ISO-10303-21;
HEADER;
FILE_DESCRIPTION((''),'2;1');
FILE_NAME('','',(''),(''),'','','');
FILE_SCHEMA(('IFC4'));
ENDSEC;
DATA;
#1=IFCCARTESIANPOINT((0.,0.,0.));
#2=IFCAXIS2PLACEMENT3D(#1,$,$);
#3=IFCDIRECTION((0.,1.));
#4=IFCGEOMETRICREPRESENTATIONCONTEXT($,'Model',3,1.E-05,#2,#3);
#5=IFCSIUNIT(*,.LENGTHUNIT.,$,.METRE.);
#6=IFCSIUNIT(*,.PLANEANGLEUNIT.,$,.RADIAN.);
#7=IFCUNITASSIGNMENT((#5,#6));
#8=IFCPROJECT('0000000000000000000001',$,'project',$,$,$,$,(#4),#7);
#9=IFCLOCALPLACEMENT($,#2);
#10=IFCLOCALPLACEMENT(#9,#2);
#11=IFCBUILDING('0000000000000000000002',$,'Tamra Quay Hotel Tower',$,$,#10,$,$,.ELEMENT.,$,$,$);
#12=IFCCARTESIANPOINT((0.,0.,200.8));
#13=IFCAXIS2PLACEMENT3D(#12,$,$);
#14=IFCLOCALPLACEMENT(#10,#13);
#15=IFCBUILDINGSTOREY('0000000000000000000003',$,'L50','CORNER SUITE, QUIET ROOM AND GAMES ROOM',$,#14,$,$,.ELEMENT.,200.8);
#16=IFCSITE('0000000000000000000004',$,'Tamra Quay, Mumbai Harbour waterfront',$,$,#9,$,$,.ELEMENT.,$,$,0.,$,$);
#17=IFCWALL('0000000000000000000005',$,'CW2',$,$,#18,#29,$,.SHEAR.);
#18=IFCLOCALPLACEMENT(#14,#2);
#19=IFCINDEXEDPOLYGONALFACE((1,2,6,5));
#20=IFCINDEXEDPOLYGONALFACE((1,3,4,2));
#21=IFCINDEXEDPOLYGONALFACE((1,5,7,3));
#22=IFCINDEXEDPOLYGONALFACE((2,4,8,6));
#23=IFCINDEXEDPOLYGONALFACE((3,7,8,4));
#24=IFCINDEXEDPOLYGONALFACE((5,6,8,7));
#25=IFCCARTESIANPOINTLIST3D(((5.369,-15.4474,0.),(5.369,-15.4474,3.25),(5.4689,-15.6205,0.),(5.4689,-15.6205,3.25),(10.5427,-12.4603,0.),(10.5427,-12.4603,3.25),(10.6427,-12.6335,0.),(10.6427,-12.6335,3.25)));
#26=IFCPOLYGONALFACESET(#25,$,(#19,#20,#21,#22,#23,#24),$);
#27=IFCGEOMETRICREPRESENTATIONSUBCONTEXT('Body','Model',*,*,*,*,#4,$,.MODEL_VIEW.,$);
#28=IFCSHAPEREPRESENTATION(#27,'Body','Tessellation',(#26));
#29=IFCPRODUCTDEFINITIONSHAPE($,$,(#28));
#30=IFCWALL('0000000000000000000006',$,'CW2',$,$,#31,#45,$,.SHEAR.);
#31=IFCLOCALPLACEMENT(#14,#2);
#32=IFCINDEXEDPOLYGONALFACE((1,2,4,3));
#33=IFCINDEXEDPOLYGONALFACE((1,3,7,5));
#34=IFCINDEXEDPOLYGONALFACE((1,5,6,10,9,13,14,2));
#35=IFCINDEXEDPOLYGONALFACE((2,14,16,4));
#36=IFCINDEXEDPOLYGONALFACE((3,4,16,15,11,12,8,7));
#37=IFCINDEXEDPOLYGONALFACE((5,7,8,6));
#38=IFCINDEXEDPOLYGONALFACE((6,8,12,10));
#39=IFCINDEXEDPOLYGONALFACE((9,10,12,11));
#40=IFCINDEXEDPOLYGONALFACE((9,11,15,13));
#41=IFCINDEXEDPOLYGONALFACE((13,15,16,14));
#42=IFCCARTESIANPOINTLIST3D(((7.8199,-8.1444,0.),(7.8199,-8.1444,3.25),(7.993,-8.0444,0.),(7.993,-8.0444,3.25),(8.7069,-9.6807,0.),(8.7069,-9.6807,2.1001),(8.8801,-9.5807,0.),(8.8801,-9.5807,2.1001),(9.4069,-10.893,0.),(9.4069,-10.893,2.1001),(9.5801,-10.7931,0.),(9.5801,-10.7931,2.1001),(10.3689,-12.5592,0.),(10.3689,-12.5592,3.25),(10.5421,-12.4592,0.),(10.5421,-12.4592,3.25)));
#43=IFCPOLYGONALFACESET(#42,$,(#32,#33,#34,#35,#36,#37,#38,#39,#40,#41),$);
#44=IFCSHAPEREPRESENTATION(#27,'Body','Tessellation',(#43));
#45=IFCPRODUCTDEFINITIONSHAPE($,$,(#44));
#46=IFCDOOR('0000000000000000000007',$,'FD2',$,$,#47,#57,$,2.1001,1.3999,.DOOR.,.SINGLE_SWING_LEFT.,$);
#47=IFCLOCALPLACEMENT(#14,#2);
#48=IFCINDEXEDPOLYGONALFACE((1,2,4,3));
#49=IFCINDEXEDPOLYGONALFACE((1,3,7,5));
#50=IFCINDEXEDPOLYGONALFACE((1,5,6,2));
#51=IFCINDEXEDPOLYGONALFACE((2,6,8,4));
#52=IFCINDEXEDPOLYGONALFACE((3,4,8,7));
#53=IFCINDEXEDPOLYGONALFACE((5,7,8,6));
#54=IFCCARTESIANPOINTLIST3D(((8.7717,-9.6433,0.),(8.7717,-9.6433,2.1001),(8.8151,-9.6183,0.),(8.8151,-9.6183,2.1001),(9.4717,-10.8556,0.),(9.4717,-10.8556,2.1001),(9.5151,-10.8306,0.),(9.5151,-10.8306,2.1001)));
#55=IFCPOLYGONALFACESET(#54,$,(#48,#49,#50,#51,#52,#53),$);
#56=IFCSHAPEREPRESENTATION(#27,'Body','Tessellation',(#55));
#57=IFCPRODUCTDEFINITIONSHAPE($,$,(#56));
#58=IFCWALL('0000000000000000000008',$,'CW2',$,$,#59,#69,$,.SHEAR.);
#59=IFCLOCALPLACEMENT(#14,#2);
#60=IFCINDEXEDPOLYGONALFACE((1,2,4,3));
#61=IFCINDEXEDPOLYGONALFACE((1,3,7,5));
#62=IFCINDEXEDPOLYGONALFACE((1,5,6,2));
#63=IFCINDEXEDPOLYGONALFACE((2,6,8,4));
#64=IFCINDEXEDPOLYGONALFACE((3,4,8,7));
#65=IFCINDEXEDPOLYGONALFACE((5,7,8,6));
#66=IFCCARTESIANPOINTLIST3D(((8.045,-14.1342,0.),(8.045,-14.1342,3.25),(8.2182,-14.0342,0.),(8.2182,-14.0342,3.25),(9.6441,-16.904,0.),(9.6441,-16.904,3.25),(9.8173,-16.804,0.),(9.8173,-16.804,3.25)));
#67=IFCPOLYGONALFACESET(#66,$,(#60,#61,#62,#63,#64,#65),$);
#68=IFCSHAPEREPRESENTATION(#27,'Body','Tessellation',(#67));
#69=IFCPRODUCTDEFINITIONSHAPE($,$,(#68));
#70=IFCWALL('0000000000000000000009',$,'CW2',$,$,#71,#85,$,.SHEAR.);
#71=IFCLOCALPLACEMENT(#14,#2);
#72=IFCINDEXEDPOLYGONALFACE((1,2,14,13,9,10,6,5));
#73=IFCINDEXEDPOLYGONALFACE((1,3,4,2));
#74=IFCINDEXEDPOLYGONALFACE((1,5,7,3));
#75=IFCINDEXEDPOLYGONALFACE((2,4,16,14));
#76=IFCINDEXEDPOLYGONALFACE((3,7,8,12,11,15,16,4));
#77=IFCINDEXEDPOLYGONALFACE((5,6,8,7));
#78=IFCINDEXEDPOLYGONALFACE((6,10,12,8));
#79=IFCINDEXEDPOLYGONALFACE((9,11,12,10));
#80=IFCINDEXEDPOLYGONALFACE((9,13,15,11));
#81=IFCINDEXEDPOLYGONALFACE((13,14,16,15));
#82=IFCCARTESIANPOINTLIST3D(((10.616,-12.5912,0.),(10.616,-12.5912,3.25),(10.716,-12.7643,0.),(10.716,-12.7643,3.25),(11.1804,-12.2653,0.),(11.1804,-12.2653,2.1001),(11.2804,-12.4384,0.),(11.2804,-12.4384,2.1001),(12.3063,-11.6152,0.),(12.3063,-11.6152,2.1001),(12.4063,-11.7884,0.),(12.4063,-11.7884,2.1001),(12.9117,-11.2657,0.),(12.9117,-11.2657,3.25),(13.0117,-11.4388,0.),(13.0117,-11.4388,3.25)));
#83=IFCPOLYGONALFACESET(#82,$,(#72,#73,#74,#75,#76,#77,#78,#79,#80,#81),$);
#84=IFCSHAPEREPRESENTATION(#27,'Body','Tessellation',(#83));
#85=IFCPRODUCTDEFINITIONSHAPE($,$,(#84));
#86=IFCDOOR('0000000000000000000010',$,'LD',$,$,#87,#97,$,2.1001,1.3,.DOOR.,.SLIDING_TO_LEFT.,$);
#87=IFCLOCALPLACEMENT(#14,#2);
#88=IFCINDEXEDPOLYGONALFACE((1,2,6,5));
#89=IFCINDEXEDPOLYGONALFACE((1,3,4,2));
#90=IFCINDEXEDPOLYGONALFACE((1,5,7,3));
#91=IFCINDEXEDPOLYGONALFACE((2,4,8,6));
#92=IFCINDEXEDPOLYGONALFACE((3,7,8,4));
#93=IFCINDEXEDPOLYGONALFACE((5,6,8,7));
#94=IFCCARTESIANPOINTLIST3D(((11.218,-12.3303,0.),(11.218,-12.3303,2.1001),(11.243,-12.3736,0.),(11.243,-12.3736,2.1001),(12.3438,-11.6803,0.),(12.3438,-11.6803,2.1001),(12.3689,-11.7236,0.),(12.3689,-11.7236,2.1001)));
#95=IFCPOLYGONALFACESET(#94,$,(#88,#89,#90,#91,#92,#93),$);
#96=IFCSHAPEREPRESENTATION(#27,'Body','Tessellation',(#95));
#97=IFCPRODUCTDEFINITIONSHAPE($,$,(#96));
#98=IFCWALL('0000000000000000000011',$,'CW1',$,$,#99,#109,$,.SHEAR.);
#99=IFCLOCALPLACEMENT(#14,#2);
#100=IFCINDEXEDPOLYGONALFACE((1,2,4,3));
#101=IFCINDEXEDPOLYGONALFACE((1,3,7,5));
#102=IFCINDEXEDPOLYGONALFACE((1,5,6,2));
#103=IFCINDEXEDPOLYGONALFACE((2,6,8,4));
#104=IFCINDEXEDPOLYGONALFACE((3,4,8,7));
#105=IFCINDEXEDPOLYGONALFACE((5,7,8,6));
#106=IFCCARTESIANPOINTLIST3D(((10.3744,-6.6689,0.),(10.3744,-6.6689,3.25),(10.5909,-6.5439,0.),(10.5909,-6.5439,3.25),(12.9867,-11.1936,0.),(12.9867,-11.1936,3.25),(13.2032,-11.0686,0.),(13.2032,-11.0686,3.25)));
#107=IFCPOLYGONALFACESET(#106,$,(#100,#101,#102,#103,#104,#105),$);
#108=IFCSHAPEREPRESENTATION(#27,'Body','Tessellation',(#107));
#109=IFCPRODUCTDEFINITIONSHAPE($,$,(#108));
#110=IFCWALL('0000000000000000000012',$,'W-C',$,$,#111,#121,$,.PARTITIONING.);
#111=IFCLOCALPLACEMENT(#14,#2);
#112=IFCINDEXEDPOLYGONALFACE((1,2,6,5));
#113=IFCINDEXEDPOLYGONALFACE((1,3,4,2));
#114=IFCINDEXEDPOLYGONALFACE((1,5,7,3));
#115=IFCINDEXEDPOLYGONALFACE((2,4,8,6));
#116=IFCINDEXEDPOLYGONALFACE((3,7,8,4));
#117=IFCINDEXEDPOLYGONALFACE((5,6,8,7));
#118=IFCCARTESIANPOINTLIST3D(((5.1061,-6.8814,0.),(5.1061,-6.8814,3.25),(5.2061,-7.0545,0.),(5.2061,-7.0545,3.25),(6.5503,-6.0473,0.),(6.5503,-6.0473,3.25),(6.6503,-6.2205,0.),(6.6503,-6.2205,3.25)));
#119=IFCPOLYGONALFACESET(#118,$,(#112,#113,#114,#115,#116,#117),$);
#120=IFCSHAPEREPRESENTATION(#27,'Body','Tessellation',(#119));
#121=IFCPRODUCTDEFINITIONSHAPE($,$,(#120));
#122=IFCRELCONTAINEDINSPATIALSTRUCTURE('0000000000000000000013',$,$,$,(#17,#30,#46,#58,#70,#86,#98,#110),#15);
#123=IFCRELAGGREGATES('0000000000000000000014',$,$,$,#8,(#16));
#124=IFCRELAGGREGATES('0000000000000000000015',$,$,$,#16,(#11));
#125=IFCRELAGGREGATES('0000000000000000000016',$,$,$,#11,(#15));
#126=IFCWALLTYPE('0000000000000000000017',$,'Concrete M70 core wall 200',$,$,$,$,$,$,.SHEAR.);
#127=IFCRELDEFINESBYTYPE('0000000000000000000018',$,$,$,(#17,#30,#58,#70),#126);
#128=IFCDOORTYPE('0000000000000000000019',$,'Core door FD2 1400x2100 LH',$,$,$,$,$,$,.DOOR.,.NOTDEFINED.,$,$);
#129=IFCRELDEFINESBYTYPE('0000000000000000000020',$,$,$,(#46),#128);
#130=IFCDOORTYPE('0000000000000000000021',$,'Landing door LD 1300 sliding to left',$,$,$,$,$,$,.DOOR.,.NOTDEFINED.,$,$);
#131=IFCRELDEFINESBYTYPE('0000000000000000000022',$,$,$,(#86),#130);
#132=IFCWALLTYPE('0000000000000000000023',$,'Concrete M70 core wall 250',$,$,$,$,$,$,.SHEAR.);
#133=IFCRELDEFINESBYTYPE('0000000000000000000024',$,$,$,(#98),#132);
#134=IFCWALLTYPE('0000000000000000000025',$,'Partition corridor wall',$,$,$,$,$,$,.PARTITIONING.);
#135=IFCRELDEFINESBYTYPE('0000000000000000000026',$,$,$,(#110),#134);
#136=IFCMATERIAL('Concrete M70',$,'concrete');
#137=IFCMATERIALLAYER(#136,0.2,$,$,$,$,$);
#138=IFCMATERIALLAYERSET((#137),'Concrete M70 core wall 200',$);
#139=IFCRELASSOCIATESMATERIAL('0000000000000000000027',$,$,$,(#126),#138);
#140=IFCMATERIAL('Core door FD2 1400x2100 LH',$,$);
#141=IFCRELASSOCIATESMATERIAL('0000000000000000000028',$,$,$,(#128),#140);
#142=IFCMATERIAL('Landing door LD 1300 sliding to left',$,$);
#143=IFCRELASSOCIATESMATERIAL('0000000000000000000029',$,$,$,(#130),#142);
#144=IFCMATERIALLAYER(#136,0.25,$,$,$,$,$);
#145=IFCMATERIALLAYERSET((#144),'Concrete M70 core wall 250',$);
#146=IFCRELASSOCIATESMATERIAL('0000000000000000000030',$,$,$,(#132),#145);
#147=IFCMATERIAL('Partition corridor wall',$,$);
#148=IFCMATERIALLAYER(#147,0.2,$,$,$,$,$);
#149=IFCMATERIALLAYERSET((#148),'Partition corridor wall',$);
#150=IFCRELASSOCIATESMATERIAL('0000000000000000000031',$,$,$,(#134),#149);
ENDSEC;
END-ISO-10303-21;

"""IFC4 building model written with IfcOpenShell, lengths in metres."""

from ifc_helpers import new_model, si_unit, direction, frame, frame_2d, origin, place, context, subcontext, project, spatial, rectangle, extrude, material, layer, layer_set, type_object, element, fill, save


model = new_model("IFC4")

# Units and contexts
model_context = context("Model", 3, precision=1e-05, world=origin(), true_north=direction((0.0, 1.0)))
body_context = subcontext(model_context, "Body", "Model", "MODEL_VIEW")
ifc_project = project(units=[si_unit("LENGTHUNIT", "METRE"), si_unit("PLANEANGLEUNIT", "RADIAN")], contexts=[model_context])

# Site, building, storey
site_placement = place(None, origin())
site = spatial("IfcSite", under=ifc_project, at=site_placement, Name="Tamra Quay, Mumbai Harbour waterfront", CompositionType="ELEMENT", RefElevation=0.0)
building_placement = place(site_placement, origin())
building = spatial("IfcBuilding", under=site, at=building_placement, Name="Tamra Quay Hotel Tower", CompositionType="ELEMENT")
storey_placement = place(building_placement, frame((0.0, 0.0, 200.8)))
storey = spatial("IfcBuildingStorey", under=building, at=storey_placement, Name="L50", Description="CORNER SUITE, QUIET ROOM AND GAMES ROOM", CompositionType="ELEMENT", Elevation=200.8)

# Wall
ifc_material_1 = material(Name="Concrete M70", Category="concrete")
ifc_layer_1 = layer(ifc_material_1, 0.2)
ifc_layer_set_1 = layer_set([ifc_layer_1], Name="Concrete M70 core wall 200")
wall_type_1 = type_object("IfcWallType", Name="Concrete M70 core wall 200", PredefinedType="SHEAR", material=ifc_layer_set_1)
wall_1_placement = place(storey_placement, frame((5.4189, -15.5339, 0.0), z_axis=(0.0, 0.0, 1.0), x_axis=(0.866029, 0.499994, 0.0)))
element("IfcWall", 1, at=wall_1_placement, inside=storey, type_object=wall_type_1, Name="CW2", PredefinedType="SHEAR", context=body_context, shape_type="SweptSolid", body=[
    extrude(rectangle(XDim=5.9741, YDim=0.2, at=frame_2d((2.9871, 0.0))), origin(), (0.0, 0.0, 1.0), 3.25),
])

# Wall, opening, door
wall_2_placement = place(storey_placement, frame((7.9065, -8.0945, 0.0), z_axis=(0.0, 0.0, 1.0), x_axis=(0.500028, -0.866009, 0.0)))
wall_2 = element("IfcWall", 2, at=wall_2_placement, inside=storey, type_object=wall_type_1, Name="CW2", PredefinedType="SHEAR", context=body_context, shape_type="SweptSolid", body=[
    extrude(rectangle(XDim=5.0979, YDim=0.2, at=frame_2d((2.5488, 0.0))), origin(), (0.0, 0.0, 1.0), 3.25),
])
opening_1_placement = place(wall_2_placement, frame((1.7739, 0.0, 0.0)))
opening_1 = element("IfcOpeningElement", 3, at=opening_1_placement, cuts=wall_2, PredefinedType="OPENING", context=body_context, shape_type="SweptSolid", body=[
    extrude(rectangle(XDim=1.3999, YDim=2.1001, at=frame_2d((0.7, 1.05))), frame((0.0, 0.1099, 0.0), z_axis=(0.0, -1.0, 0.0), x_axis=(1.0, 0.0, 0.0)), (0.0, 0.0, 1.0), 0.22),
])
ifc_material_2 = material(Name="Core door FD2 1400x2100 LH")
door_type_1 = type_object("IfcDoorType", Name="Core door FD2 1400x2100 LH", OperationType="NOTDEFINED", PredefinedType="DOOR", material=ifc_material_2)
door_1_placement = place(opening_1_placement, origin())
door_1 = element("IfcDoor", 4, at=door_1_placement, inside=storey, type_object=door_type_1, Name="FD2", OperationType="SINGLE_SWING_LEFT", OverallHeight=2.1001, OverallWidth=1.3999, PredefinedType="DOOR", context=body_context, shape_type="SweptSolid", body=[
    extrude(rectangle(XDim=1.3999, YDim=2.1001, at=frame_2d((0.7, 1.05))), frame((0.0, 0.0249, 0.0), z_axis=(0.0, -1.0, 0.0), x_axis=(1.0, 0.0, 0.0)), (0.0, 0.0, 1.0), 0.05),
])
fill(opening_1, door_1)

# Wall
wall_3_placement = place(storey_placement, frame((8.1316, -14.0842, 0.0), z_axis=(0.0, 0.0, 1.0), x_axis=(0.499998, -0.866027, 0.0)))
element("IfcWall", 5, at=wall_3_placement, inside=storey, type_object=wall_type_1, Name="CW2", PredefinedType="SHEAR", context=body_context, shape_type="SweptSolid", body=[
    extrude(rectangle(XDim=3.1982, YDim=0.2, at=frame_2d((1.5991, 0.0))), origin(), (0.0, 0.0, 1.0), 3.25),
])

# Wall, opening, door
wall_4_placement = place(storey_placement, frame((10.666, -12.6777, 0.0), z_axis=(0.0, 0.0, 1.0), x_axis=(0.866018, 0.500012, 0.0)))
wall_4 = element("IfcWall", 6, at=wall_4_placement, inside=storey, type_object=wall_type_1, Name="CW2", PredefinedType="SHEAR", context=body_context, shape_type="SweptSolid", body=[
    extrude(rectangle(XDim=2.6509, YDim=0.2, at=frame_2d((1.3254, 0.0))), origin(), (0.0, 0.0, 1.0), 3.25),
])
opening_2_placement = place(wall_4_placement, frame((0.6519, 0.0, 0.0)))
opening_2 = element("IfcOpeningElement", 7, at=opening_2_placement, cuts=wall_4, PredefinedType="OPENING", context=body_context, shape_type="SweptSolid", body=[
    extrude(rectangle(XDim=1.3, YDim=2.1001, at=frame_2d((0.6499, 1.05))), frame((0.0, 0.1099, 0.0), z_axis=(0.0, -1.0, 0.0), x_axis=(1.0, 0.0, 0.0)), (0.0, 0.0, 1.0), 0.22),
])
ifc_material_3 = material(Name="Landing door LD 1300 sliding to left")
door_type_2 = type_object("IfcDoorType", Name="Landing door LD 1300 sliding to left", OperationType="NOTDEFINED", PredefinedType="DOOR", material=ifc_material_3)
door_2_placement = place(opening_2_placement, origin())
door_2 = element("IfcDoor", 8, at=door_2_placement, inside=storey, type_object=door_type_2, Name="LD", OperationType="SLIDING_TO_LEFT", OverallHeight=2.1001, OverallWidth=1.3, PredefinedType="DOOR", context=body_context, shape_type="SweptSolid", body=[
    extrude(rectangle(XDim=1.3, YDim=2.1001, at=frame_2d((0.6499, 1.05))), frame((0.0, 0.0249, 0.0), z_axis=(0.0, -1.0, 0.0), x_axis=(1.0, 0.0, 0.0)), (0.0, 0.0, 1.0), 0.05),
])
fill(opening_2, door_2)

# Walls
ifc_layer_2 = layer(ifc_material_1, 0.25)
ifc_layer_set_2 = layer_set([ifc_layer_2], Name="Concrete M70 core wall 250")
wall_type_2 = type_object("IfcWallType", Name="Concrete M70 core wall 250", PredefinedType="SHEAR", material=ifc_layer_set_2)
wall_5_placement = place(storey_placement, frame((10.4827, -6.6064, 0.0), z_axis=(0.0, 0.0, 1.0), x_axis=(0.499999, -0.866026, 0.0)))
element("IfcWall", 9, at=wall_5_placement, inside=storey, type_object=wall_type_2, Name="CW1", PredefinedType="SHEAR", context=body_context, shape_type="SweptSolid", body=[
    extrude(rectangle(XDim=5.2246, YDim=0.25, at=frame_2d((2.6123, 0.0))), origin(), (0.0, 0.0, 1.0), 3.25),
])
ifc_material_4 = material(Name="Partition corridor wall")
ifc_layer_3 = layer(ifc_material_4, 0.2)
ifc_layer_set_3 = layer_set([ifc_layer_3], Name="Partition corridor wall")
wall_type_3 = type_object("IfcWallType", Name="Partition corridor wall", PredefinedType="PARTITIONING", material=ifc_layer_set_3)
wall_6_placement = place(storey_placement, frame((5.156, -6.968, 0.0), z_axis=(0.0, 0.0, 1.0), x_axis=(0.865964, 0.500107, 0.0)))
element("IfcWall", 10, at=wall_6_placement, inside=storey, type_object=wall_type_3, Name="W-C", PredefinedType="PARTITIONING", context=body_context, shape_type="SweptSolid", body=[
    extrude(rectangle(XDim=1.6677, YDim=0.2, at=frame_2d((0.834, 0.0))), origin(), (0.0, 0.0, 1.0), 3.25),
])

save(model, "model.ifc")
